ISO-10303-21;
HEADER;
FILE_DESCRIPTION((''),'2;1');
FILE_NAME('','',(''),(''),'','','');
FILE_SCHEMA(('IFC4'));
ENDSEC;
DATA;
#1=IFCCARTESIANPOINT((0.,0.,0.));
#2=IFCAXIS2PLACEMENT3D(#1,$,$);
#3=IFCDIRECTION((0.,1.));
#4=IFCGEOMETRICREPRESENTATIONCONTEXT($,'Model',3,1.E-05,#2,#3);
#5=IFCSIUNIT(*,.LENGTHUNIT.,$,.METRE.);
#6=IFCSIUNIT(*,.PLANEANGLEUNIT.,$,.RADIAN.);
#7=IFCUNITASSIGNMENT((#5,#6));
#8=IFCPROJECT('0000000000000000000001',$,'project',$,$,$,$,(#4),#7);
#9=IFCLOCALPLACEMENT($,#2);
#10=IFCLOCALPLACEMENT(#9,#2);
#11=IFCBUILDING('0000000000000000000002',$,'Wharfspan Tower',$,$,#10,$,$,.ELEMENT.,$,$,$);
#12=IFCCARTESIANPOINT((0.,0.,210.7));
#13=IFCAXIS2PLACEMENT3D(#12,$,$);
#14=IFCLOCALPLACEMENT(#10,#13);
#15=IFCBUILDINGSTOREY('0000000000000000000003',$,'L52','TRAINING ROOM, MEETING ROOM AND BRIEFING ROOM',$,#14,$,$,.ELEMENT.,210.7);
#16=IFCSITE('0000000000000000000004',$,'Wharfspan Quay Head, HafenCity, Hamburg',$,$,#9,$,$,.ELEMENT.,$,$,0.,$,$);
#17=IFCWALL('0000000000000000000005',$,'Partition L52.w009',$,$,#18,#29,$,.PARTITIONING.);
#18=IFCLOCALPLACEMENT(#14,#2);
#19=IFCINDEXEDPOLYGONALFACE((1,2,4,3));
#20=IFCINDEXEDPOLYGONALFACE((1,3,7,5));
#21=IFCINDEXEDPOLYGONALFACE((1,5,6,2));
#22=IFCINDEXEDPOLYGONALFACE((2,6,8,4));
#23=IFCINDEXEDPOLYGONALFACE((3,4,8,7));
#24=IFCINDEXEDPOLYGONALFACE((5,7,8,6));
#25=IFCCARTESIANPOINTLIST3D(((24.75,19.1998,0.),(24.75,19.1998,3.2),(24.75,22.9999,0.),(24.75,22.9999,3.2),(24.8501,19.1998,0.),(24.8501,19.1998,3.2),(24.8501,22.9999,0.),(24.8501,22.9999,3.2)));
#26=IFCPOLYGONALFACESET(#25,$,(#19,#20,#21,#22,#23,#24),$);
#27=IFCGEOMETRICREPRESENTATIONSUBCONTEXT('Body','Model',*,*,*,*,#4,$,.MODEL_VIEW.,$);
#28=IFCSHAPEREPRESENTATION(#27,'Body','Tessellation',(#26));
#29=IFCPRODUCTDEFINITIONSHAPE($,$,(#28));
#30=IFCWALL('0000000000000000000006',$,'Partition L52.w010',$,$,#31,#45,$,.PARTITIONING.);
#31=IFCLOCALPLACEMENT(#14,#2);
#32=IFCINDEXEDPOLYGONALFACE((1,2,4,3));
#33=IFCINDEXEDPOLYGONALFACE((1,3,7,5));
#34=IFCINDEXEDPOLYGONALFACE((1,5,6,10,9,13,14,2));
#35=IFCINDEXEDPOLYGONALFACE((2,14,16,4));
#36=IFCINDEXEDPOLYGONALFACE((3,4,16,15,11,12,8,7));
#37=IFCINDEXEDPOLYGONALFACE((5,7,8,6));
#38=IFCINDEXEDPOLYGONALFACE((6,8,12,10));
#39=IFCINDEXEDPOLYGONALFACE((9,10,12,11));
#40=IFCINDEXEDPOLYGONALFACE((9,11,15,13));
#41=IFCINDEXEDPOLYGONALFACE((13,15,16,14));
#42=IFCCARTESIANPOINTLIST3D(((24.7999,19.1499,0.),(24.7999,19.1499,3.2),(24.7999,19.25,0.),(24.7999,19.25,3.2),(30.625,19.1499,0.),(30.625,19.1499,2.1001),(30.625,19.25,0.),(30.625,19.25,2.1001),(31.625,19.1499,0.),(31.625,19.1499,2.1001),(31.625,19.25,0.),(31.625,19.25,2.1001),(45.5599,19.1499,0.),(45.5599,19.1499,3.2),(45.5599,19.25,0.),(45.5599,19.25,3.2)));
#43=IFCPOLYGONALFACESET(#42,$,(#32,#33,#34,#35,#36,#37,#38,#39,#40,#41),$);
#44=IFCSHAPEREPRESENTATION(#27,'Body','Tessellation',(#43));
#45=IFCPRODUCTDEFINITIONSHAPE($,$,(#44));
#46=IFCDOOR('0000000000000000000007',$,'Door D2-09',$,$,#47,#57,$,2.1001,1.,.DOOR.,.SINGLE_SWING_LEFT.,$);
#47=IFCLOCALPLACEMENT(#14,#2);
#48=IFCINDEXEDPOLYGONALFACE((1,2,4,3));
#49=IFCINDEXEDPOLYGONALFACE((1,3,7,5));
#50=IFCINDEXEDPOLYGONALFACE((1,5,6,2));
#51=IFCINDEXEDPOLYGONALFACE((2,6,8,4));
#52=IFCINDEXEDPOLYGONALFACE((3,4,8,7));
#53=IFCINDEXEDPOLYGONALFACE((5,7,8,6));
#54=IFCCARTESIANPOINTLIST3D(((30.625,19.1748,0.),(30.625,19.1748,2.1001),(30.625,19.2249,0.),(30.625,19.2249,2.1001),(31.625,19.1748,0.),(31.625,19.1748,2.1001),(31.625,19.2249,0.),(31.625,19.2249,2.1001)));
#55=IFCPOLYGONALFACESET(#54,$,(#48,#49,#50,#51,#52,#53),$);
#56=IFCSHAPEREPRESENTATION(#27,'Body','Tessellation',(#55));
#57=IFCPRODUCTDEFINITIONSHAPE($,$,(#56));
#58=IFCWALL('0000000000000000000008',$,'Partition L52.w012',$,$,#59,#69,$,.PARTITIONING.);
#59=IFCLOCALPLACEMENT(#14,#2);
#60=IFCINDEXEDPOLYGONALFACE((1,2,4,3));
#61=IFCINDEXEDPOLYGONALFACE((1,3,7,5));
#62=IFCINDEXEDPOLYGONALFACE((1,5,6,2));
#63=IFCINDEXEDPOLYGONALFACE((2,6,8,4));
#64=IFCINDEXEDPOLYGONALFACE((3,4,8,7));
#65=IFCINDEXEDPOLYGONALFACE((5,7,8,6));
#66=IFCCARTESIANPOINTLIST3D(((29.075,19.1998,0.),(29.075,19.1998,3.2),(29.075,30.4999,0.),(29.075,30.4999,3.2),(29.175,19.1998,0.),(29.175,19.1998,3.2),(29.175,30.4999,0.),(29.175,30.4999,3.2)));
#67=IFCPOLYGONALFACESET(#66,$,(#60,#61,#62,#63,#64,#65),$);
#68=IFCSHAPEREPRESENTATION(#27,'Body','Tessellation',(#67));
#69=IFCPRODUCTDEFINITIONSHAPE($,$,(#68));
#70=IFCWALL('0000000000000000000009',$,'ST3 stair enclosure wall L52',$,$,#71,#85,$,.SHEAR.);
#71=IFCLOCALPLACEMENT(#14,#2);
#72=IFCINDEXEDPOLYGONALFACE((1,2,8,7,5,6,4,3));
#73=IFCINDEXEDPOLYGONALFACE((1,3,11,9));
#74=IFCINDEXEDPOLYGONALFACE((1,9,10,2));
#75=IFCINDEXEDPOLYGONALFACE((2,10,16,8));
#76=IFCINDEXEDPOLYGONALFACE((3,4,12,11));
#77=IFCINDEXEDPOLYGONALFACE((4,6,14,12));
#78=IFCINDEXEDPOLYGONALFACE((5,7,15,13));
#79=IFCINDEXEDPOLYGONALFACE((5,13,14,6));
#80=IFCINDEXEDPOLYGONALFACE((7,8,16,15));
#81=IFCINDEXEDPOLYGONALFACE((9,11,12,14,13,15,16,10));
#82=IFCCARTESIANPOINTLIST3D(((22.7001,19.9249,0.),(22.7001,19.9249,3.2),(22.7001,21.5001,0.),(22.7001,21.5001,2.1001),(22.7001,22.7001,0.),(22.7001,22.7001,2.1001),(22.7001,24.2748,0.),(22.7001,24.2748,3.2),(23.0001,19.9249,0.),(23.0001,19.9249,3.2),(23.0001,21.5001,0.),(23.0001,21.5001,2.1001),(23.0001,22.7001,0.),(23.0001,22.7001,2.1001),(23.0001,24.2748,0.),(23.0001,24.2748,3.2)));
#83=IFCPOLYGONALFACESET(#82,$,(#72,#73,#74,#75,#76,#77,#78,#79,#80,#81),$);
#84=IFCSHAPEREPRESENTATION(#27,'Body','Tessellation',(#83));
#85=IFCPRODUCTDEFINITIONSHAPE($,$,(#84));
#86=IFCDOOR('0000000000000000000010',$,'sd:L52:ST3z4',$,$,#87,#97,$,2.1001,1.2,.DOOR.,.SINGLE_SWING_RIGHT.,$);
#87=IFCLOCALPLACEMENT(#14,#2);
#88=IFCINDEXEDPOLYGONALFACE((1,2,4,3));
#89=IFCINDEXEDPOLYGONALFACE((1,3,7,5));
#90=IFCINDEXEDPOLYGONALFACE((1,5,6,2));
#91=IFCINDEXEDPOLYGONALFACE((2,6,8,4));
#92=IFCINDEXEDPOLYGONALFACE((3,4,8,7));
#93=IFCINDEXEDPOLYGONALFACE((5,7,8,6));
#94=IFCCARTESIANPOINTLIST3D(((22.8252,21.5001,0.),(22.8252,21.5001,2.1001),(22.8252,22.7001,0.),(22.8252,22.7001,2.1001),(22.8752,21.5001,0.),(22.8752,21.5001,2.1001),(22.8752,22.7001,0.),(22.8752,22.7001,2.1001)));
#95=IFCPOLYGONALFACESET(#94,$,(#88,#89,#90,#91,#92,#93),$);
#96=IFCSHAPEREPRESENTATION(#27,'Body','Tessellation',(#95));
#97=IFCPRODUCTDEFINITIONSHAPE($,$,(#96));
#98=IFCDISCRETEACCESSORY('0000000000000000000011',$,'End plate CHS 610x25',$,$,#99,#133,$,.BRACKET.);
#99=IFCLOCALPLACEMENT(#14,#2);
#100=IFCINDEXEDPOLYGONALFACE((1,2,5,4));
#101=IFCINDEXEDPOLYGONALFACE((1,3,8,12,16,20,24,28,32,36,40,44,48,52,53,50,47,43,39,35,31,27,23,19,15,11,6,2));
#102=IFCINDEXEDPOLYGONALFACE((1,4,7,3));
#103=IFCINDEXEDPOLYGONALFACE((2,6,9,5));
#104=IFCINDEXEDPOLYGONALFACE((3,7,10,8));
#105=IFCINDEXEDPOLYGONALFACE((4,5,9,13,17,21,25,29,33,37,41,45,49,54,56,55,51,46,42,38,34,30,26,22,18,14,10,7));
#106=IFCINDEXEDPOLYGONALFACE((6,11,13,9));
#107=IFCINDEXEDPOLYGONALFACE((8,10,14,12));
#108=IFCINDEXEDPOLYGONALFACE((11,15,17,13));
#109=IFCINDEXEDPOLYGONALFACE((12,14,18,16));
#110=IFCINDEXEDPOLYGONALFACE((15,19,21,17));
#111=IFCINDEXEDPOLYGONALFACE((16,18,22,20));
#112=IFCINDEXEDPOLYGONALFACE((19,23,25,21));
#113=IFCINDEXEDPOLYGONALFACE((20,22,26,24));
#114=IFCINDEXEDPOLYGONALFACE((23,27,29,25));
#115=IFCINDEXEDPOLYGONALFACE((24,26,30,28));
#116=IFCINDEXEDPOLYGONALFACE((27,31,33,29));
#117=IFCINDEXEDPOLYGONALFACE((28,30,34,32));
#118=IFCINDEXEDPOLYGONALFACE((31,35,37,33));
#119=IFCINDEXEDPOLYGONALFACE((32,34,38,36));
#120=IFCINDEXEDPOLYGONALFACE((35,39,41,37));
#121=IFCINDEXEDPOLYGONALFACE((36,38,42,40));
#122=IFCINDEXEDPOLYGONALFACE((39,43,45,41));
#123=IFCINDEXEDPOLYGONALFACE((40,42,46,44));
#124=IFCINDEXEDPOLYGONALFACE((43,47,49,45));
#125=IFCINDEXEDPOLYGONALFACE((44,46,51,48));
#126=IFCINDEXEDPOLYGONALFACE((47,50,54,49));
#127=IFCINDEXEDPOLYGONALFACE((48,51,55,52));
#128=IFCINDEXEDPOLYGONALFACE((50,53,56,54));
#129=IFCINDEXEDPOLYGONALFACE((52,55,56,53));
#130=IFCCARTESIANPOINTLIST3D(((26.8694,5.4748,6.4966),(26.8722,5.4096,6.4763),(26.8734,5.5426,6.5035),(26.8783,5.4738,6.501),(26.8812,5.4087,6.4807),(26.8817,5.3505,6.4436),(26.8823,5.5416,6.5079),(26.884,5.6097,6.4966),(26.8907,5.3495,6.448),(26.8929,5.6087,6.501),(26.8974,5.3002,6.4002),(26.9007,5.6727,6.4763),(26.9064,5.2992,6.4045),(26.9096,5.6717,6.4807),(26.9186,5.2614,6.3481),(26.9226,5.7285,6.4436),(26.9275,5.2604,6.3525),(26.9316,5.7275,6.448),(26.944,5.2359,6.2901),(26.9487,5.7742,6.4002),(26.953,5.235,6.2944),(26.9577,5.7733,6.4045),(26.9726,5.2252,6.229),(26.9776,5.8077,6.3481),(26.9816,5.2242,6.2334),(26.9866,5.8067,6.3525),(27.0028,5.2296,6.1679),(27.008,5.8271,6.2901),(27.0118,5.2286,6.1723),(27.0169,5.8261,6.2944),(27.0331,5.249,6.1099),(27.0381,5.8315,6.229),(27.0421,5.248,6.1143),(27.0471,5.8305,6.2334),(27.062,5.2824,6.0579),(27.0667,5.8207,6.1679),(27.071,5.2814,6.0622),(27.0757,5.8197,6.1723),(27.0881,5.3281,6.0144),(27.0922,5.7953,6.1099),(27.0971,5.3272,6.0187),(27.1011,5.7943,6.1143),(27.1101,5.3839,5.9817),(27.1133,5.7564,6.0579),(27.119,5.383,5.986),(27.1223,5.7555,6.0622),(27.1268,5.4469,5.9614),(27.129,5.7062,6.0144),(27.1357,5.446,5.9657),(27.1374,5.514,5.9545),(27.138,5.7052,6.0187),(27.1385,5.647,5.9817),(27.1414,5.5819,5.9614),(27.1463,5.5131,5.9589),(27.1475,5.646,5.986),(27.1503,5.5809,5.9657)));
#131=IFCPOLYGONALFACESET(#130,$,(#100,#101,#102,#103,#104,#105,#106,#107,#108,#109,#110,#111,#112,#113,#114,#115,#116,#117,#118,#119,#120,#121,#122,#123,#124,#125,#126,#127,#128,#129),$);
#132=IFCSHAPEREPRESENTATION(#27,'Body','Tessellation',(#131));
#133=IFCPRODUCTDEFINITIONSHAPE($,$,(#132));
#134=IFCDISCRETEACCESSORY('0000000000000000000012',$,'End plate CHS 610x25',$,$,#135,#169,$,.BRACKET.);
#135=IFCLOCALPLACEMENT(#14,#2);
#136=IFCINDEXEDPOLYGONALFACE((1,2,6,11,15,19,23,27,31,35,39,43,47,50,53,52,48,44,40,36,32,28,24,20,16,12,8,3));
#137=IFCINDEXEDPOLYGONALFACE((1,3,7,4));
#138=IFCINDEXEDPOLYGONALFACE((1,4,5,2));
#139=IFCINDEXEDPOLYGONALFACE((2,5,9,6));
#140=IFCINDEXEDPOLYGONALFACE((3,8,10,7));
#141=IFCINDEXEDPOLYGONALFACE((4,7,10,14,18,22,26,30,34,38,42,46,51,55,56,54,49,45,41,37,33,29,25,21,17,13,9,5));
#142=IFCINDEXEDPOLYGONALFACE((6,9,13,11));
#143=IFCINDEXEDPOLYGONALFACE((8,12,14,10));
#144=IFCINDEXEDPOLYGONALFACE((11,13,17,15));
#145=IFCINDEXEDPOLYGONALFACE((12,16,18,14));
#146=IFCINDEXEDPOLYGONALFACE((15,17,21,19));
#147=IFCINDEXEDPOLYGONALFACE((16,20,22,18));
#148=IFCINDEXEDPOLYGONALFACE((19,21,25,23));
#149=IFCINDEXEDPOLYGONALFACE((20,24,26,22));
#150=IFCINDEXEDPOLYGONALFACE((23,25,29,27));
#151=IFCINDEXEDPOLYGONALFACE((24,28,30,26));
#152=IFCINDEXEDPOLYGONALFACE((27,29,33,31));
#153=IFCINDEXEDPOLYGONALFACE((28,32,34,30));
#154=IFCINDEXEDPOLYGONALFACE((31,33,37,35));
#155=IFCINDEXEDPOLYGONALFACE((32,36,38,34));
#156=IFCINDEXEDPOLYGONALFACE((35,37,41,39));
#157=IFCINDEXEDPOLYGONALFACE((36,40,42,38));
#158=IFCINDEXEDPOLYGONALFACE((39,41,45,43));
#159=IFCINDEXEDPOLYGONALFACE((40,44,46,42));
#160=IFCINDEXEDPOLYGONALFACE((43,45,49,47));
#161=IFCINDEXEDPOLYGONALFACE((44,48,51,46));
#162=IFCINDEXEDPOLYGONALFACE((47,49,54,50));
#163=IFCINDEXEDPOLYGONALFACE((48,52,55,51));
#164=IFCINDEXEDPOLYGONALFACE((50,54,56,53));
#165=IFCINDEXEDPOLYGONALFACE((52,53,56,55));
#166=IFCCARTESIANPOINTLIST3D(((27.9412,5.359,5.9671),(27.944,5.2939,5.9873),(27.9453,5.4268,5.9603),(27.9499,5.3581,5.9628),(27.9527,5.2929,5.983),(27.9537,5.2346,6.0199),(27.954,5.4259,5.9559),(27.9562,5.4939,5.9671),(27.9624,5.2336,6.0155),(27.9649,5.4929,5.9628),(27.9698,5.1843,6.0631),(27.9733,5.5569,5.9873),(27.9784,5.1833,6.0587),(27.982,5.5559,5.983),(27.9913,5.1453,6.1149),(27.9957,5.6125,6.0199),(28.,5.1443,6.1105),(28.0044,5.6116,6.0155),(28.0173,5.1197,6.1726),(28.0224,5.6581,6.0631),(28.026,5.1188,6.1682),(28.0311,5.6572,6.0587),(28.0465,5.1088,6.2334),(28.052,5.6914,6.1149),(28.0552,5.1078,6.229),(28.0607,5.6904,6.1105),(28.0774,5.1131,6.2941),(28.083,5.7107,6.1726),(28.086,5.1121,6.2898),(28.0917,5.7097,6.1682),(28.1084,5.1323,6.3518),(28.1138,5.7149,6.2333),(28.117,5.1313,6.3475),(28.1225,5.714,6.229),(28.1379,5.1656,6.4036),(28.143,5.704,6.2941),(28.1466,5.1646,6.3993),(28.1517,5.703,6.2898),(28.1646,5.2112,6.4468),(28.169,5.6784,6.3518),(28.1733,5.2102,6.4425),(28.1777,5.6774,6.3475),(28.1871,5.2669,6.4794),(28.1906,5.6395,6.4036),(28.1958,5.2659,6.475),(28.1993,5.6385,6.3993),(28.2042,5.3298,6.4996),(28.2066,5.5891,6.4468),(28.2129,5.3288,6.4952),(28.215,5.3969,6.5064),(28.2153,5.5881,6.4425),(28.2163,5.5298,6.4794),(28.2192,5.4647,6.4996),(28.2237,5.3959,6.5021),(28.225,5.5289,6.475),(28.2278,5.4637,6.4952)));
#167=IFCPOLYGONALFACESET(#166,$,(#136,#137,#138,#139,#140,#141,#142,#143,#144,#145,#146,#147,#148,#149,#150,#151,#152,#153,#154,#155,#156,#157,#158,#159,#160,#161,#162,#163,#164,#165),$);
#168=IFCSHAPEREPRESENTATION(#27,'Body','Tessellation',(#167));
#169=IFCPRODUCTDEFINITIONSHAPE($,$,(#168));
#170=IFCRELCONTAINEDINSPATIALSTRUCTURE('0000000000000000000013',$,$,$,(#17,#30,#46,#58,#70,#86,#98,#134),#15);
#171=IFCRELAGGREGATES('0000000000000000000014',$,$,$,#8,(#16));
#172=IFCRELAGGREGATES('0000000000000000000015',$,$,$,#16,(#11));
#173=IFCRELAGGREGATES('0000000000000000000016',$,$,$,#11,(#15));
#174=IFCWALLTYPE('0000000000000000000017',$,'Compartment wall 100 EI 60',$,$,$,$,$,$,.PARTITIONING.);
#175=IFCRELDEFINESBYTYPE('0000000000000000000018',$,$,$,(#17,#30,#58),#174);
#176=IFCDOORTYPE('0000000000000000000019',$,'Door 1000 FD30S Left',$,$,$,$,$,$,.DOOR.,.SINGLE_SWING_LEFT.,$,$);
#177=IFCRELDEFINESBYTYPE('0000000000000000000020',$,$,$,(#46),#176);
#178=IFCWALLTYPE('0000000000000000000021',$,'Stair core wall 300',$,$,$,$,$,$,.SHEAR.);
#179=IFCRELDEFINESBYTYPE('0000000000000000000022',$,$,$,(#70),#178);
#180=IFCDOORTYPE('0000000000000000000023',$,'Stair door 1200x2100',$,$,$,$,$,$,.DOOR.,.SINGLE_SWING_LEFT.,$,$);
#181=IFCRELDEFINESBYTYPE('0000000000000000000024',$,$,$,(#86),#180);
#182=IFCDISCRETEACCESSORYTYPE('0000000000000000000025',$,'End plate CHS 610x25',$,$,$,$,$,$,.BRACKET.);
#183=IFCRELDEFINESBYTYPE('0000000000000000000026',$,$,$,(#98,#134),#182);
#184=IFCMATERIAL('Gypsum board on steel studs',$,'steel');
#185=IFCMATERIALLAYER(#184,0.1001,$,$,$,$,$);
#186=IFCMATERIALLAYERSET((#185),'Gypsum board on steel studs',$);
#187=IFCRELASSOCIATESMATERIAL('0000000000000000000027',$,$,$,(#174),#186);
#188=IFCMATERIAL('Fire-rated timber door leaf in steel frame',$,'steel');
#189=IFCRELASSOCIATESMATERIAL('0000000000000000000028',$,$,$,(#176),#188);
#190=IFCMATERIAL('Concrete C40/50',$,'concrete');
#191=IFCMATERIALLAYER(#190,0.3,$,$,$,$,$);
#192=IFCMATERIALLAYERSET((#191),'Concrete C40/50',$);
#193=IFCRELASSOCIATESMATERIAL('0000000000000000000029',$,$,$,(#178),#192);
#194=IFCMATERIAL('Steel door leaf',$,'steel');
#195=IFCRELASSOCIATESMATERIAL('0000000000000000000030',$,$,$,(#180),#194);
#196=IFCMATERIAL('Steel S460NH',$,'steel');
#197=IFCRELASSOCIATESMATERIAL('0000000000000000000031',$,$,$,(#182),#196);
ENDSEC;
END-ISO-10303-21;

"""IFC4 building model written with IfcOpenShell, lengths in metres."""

from ifc_helpers import new_model, si_unit, direction, frame, frame_2d, origin, origin_2d, place, context, subcontext, project, spatial, rectangle, circle, extrude, material, layer, layer_set, material_profile, profile_set, type_object, element, fill, save


model = new_model("IFC4")

# Units and contexts
model_context = context("Model", 3, precision=1e-05, world=origin(), true_north=direction((0.0, 1.0)))
body_context = subcontext(model_context, "Body", "Model", "MODEL_VIEW")
ifc_project = project(units=[si_unit("LENGTHUNIT", "METRE"), si_unit("PLANEANGLEUNIT", "RADIAN")], contexts=[model_context])

# Site, building, storey
site_placement = place(None, origin())
site = spatial("IfcSite", under=ifc_project, at=site_placement, Name="Wharfspan Quay Head, HafenCity, Hamburg", CompositionType="ELEMENT", RefElevation=0.0)
building_placement = place(site_placement, origin())
building = spatial("IfcBuilding", under=site, at=building_placement, Name="Wharfspan Tower", CompositionType="ELEMENT")
storey_placement = place(building_placement, frame((0.0, 0.0, 210.7)))
storey = spatial("IfcBuildingStorey", under=building, at=storey_placement, Name="L52", Description="TRAINING ROOM, MEETING ROOM AND BRIEFING ROOM", CompositionType="ELEMENT", Elevation=210.7)

# Shared definitions
ifc_material_1 = material(Name="Steel S460NH", Category="steel")

# Wall
ifc_material_2 = material(Name="Gypsum board on steel studs", Category="steel")
ifc_layer_1 = layer(ifc_material_2, 0.1001)
ifc_layer_set_1 = layer_set([ifc_layer_1], Name="Gypsum board on steel studs")
wall_type_1 = type_object("IfcWallType", Name="Compartment wall 100 EI 60", PredefinedType="PARTITIONING", material=ifc_layer_set_1)
wall_1_placement = place(storey_placement, frame((24.8, 19.2, 0.0), z_axis=(0.0, 0.0, 1.0), x_axis=(0.0, 1.0, 0.0)))
element("IfcWall", 1, at=wall_1_placement, inside=storey, type_object=wall_type_1, Name="Partition L52.w009", PredefinedType="PARTITIONING", context=body_context, shape_type="SweptSolid", body=[
    extrude(rectangle(XDim=3.8, YDim=0.1001, at=frame_2d((1.8999, 0.0))), origin(), (0.0, 0.0, 1.0), 3.2),
])

# Wall, opening, door
wall_2_placement = place(storey_placement, frame((24.8, 19.2, 0.0), z_axis=(0.0, 0.0, 1.0), x_axis=(1.0, 0.0, 0.0)))
wall_2 = element("IfcWall", 2, at=wall_2_placement, inside=storey, type_object=wall_type_1, Name="Partition L52.w010", PredefinedType="PARTITIONING", context=body_context, shape_type="SweptSolid", body=[
    extrude(rectangle(XDim=20.76, YDim=0.1001, at=frame_2d((10.3799, 0.0))), origin(), (0.0, 0.0, 1.0), 3.2),
])
opening_1_placement = place(wall_2_placement, frame((5.825, 0.0, 0.0)))
opening_1 = element("IfcOpeningElement", 3, at=opening_1_placement, cuts=wall_2, PredefinedType="OPENING", context=body_context, shape_type="SweptSolid", body=[
    extrude(rectangle(XDim=1.0, YDim=2.1001, at=frame_2d((0.5, 1.05))), frame((0.0, 0.0601, 0.0), z_axis=(0.0, -1.0, 0.0), x_axis=(1.0, 0.0, 0.0)), (0.0, 0.0, 1.0), 0.1201),
])
ifc_material_3 = material(Name="Fire-rated timber door leaf in steel frame", Category="steel")
door_type_1 = type_object("IfcDoorType", Name="Door 1000 FD30S Left", OperationType="SINGLE_SWING_LEFT", PredefinedType="DOOR", material=ifc_material_3)
door_1_placement = place(opening_1_placement, origin())
door_1 = element("IfcDoor", 4, at=door_1_placement, inside=storey, type_object=door_type_1, Name="Door D2-09", OperationType="SINGLE_SWING_LEFT", OverallHeight=2.1001, OverallWidth=1.0, PredefinedType="DOOR", context=body_context, shape_type="SweptSolid", body=[
    extrude(rectangle(XDim=1.0, YDim=2.1001, at=frame_2d((0.5, 1.05))), frame((0.0, 0.0249, 0.0), z_axis=(0.0, -1.0, 0.0), x_axis=(1.0, 0.0, 0.0)), (0.0, 0.0, 1.0), 0.05),
])
fill(opening_1, door_1)

# Wall
wall_3_placement = place(storey_placement, frame((29.125, 19.2, 0.0), z_axis=(0.0, 0.0, 1.0), x_axis=(0.0, 1.0, 0.0)))
element("IfcWall", 5, at=wall_3_placement, inside=storey, type_object=wall_type_1, Name="Partition L52.w012", PredefinedType="PARTITIONING", context=body_context, shape_type="SweptSolid", body=[
    extrude(rectangle(XDim=11.3, YDim=0.1001, at=frame_2d((5.6499, 0.0))), origin(), (0.0, 0.0, 1.0), 3.2),
])

# Wall, opening, door
ifc_material_4 = material(Name="Concrete C40/50", Category="concrete")
ifc_layer_2 = layer(ifc_material_4, 0.3)
ifc_layer_set_2 = layer_set([ifc_layer_2], Name="Concrete C40/50")
wall_type_2 = type_object("IfcWallType", Name="Stair core wall 300", PredefinedType="SHEAR", material=ifc_layer_set_2)
wall_4_placement = place(storey_placement, frame((22.8501, 19.925, 0.0), z_axis=(0.0, 0.0, 1.0), x_axis=(0.0, 1.0, 0.0)))
wall_4 = element("IfcWall", 6, at=wall_4_placement, inside=storey, type_object=wall_type_2, Name="ST3 stair enclosure wall L52", PredefinedType="SHEAR", context=body_context, shape_type="SweptSolid", body=[
    extrude(rectangle(XDim=4.3499, YDim=0.3, at=frame_2d((2.1748, 0.0))), origin(), (0.0, 0.0, 1.0), 3.2),
])
opening_2_placement = place(wall_4_placement, frame((1.575, 0.0, 0.0)))
opening_2 = element("IfcOpeningElement", 7, at=opening_2_placement, cuts=wall_4, PredefinedType="OPENING", context=body_context, shape_type="SweptSolid", body=[
    extrude(rectangle(XDim=1.2, YDim=2.1001, at=frame_2d((0.6001, 1.05))), frame((0.0, 0.1599, 0.0), z_axis=(0.0, -1.0, 0.0), x_axis=(1.0, 0.0, 0.0)), (0.0, 0.0, 1.0), 0.3201),
])
ifc_material_5 = material(Name="Steel door leaf", Category="steel")
door_type_2 = type_object("IfcDoorType", Name="Stair door 1200x2100", OperationType="SINGLE_SWING_LEFT", PredefinedType="DOOR", material=ifc_material_5)
door_2_placement = place(opening_2_placement, origin())
door_2 = element("IfcDoor", 8, at=door_2_placement, inside=storey, type_object=door_type_2, Name="sd:L52:ST3z4", OperationType="SINGLE_SWING_RIGHT", OverallHeight=2.1001, OverallWidth=1.2, PredefinedType="DOOR", context=body_context, shape_type="SweptSolid", body=[
    extrude(rectangle(XDim=1.2, YDim=2.1001, at=frame_2d((0.6001, 1.05))), frame((0.0, 0.0249, 0.0), z_axis=(0.0, -1.0, 0.0), x_axis=(1.0, 0.0, 0.0)), (0.0, 0.0, 1.0), 0.05),
])
fill(opening_2, door_2)

# Discrete accessories
ifc_material_profile_1 = material_profile(ifc_material_1, circle(Radius=0.3049, at=origin_2d()))
ifc_profile_set_1 = profile_set([ifc_material_profile_1], Name="Steel S460NH")
discrete_accessory_type = type_object("IfcDiscreteAccessoryType", Name="End plate CHS 610x25", PredefinedType="BRACKET", material=ifc_profile_set_1)
discrete_accessory_1_placement = place(storey_placement, frame((27.0054, 5.5283, 6.229), z_axis=(0.895016, -0.096758, 0.435413), x_axis=(0.107482, 0.994209, -0.000001)))
element("IfcDiscreteAccessory", 9, at=discrete_accessory_1_placement, inside=storey, type_object=discrete_accessory_type, Name="End plate CHS 610x25", PredefinedType="BRACKET", context=body_context, shape_type="SweptSolid", body=[
    extrude(circle(Radius=0.3049, at=origin_2d()), origin(), (0.0, 0.0, 1.0), 0.01),
])
discrete_accessory_2_placement = place(storey_placement, frame((28.0889, 5.4109, 6.229), z_axis=(-0.890043, 0.098894, 0.445021), x_axis=(-0.110431, -0.99388, 0.000001)))
element("IfcDiscreteAccessory", 10, at=discrete_accessory_2_placement, inside=storey, type_object=discrete_accessory_type, Name="End plate CHS 610x25", PredefinedType="BRACKET", context=body_context, shape_type="SweptSolid", body=[
    extrude(circle(Radius=0.3049, at=origin_2d()), origin(), (0.0, 0.0, 1.0), 0.0098),
])

save(model, "model.ifc")
